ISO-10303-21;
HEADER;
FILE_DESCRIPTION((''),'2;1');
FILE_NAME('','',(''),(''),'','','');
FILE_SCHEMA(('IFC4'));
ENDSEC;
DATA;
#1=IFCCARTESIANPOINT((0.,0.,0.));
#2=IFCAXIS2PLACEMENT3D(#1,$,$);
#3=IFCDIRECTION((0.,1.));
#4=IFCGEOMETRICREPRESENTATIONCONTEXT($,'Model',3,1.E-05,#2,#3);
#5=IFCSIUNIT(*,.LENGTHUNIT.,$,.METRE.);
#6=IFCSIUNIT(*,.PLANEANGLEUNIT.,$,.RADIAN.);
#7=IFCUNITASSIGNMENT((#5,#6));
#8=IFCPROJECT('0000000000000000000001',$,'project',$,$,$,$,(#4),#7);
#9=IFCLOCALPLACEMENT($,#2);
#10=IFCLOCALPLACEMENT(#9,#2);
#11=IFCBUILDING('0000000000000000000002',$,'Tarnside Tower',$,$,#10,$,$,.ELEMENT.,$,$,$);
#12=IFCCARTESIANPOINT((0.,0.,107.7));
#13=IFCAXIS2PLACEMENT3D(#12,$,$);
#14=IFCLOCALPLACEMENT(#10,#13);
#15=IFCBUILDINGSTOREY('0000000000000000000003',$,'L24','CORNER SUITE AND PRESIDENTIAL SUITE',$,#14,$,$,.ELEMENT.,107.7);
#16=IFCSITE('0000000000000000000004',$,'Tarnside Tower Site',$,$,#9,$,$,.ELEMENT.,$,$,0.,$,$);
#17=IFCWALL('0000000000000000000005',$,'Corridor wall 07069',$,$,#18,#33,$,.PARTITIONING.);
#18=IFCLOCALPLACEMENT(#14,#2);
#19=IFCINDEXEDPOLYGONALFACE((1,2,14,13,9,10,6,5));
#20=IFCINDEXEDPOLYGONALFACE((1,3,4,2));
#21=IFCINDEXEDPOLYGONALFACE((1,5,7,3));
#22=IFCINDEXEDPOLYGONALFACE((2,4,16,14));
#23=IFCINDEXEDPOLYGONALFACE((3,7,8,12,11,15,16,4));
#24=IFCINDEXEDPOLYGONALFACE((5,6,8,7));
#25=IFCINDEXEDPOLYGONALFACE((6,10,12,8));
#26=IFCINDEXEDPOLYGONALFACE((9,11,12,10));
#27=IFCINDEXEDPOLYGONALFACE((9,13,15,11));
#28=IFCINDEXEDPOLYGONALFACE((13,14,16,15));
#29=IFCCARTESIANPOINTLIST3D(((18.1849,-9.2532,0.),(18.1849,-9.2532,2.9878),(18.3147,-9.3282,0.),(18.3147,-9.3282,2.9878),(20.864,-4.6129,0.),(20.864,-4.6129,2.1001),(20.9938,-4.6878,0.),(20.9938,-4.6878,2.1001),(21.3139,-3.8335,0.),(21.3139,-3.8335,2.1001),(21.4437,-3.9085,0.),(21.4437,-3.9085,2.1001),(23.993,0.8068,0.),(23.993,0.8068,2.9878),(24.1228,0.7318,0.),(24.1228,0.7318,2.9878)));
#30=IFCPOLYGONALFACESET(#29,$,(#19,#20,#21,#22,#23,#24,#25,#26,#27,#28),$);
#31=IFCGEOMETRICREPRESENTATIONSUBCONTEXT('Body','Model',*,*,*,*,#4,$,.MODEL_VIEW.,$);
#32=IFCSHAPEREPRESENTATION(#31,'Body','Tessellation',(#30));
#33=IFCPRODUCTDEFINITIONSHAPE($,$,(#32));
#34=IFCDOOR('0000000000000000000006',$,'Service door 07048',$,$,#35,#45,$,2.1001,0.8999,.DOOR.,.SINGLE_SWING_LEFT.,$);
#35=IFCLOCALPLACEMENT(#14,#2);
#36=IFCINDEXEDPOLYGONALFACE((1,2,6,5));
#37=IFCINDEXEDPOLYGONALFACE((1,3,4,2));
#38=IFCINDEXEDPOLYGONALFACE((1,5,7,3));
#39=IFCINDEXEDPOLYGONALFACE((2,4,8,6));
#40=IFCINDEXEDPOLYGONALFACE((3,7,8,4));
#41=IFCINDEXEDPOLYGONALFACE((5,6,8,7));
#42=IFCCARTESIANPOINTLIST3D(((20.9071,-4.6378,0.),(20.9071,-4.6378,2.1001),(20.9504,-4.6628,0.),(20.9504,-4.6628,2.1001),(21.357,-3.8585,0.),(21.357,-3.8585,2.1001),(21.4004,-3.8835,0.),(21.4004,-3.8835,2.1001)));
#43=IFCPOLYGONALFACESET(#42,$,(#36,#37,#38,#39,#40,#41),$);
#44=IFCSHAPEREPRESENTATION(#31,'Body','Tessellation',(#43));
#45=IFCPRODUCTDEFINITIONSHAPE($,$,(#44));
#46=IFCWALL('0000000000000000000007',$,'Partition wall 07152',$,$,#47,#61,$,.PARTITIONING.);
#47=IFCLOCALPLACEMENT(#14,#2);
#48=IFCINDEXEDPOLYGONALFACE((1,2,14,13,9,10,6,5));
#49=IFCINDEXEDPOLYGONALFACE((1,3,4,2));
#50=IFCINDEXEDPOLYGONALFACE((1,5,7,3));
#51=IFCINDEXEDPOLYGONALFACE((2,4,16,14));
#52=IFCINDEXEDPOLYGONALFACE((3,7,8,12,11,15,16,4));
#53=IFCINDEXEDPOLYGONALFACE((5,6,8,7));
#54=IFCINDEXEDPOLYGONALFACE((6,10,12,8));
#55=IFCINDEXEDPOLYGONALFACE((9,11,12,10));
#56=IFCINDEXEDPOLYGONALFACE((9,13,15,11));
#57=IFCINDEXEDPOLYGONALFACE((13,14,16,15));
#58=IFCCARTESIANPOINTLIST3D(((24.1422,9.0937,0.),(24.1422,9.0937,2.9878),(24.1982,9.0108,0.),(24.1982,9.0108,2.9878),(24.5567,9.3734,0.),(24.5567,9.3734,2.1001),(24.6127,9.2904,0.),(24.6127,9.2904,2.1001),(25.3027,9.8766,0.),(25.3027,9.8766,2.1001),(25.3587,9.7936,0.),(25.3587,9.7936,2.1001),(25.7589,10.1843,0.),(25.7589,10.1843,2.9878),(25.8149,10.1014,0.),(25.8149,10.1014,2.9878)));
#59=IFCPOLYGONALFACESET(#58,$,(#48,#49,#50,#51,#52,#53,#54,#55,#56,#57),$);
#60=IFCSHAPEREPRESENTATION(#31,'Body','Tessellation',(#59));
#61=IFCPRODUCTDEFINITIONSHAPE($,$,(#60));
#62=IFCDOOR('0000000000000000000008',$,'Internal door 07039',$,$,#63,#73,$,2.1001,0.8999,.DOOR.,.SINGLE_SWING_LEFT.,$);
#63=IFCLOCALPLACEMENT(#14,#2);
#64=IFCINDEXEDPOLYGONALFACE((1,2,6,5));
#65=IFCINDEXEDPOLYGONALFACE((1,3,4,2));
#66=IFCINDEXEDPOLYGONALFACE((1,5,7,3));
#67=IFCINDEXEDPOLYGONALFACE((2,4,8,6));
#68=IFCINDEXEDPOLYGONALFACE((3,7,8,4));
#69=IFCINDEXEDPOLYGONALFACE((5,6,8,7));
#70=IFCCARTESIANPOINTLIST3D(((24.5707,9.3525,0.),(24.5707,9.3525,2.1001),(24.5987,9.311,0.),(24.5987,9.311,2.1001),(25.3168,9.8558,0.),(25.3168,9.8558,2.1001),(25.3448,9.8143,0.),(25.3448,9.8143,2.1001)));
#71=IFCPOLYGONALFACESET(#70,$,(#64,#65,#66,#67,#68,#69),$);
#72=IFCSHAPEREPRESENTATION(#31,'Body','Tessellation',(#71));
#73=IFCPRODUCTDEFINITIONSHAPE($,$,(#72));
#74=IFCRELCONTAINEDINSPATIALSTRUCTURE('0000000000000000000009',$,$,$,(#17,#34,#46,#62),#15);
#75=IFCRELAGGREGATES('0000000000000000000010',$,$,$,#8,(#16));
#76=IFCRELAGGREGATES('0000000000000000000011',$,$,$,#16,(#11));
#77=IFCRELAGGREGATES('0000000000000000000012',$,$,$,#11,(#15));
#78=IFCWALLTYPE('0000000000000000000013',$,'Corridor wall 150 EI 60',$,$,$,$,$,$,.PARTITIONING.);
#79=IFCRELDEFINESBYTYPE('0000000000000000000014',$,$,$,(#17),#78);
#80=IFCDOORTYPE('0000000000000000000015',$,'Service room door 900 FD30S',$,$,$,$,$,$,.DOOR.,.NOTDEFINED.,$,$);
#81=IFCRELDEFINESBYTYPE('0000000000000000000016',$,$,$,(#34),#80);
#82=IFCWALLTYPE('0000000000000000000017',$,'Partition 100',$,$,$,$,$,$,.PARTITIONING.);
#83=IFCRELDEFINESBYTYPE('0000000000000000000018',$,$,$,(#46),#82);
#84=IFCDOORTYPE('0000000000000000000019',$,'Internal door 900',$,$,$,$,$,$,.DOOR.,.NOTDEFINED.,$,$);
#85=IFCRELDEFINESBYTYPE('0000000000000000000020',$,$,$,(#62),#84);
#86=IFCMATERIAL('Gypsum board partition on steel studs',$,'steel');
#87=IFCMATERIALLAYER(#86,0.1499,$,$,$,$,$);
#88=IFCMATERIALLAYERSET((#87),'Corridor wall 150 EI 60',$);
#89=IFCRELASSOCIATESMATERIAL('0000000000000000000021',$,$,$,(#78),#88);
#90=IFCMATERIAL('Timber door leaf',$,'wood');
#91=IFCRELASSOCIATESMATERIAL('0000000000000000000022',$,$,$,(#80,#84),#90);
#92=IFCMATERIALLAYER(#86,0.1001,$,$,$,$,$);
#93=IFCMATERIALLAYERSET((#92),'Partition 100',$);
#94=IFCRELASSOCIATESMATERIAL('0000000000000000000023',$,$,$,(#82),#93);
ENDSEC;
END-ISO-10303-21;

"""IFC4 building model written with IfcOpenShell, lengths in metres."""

from ifc_helpers import new_model, si_unit, direction, frame, frame_2d, origin, place, context, subcontext, project, spatial, rectangle, extrude, material, layer, layer_set, type_object, element, fill, save


model = new_model("IFC4")

# Units and contexts
model_context = context("Model", 3, precision=1e-05, world=origin(), true_north=direction((0.0, 1.0)))
body_context = subcontext(model_context, "Body", "Model", "MODEL_VIEW")
ifc_project = project(units=[si_unit("LENGTHUNIT", "METRE"), si_unit("PLANEANGLEUNIT", "RADIAN")], contexts=[model_context])

# Site, building, storey
site_placement = place(None, origin())
site = spatial("IfcSite", under=ifc_project, at=site_placement, Name="Tarnside Tower Site", CompositionType="ELEMENT", RefElevation=0.0)
building_placement = place(site_placement, origin())
building = spatial("IfcBuilding", under=site, at=building_placement, Name="Tarnside Tower", CompositionType="ELEMENT")
storey_placement = place(building_placement, frame((0.0, 0.0, 107.7)))
storey = spatial("IfcBuildingStorey", under=building, at=storey_placement, Name="L24", Description="CORNER SUITE AND PRESIDENTIAL SUITE", CompositionType="ELEMENT", Elevation=107.7)

# Shared definitions
ifc_material_1 = material(Name="Gypsum board partition on steel studs", Category="steel")
ifc_material_2 = material(Name="Timber door leaf", Category="wood")

# Shared definitions
ifc_layer_1 = layer(ifc_material_1, 0.1499)
ifc_layer_set_1 = layer_set([ifc_layer_1], Name="Corridor wall 150 EI 60")
wall_type_1 = type_object("IfcWallType", Name="Corridor wall 150 EI 60", PredefinedType="PARTITIONING", material=ifc_layer_set_1)

# Walls, openings, doors
wall_1_placement = place(storey_placement, frame((24.0579, 0.7693, 0.0), z_axis=(0.0, 0.0, 1.0), x_axis=(-0.499995, -0.866028, 0.0)))
wall_1 = element("IfcWall", 1, at=wall_1_placement, inside=storey, type_object=wall_type_1, Name="Corridor wall 07069", PredefinedType="PARTITIONING", context=body_context, shape_type="SweptSolid", body=[
    extrude(rectangle(XDim=11.6162, YDim=0.1499, at=frame_2d((5.8081, 0.0))), origin(), (0.0, 0.0, 1.0), 2.9878),
])
opening_1_placement = place(wall_1_placement, frame((5.3582, 0.0, 0.0)))
opening_1 = element("IfcOpeningElement", 2, at=opening_1_placement, cuts=wall_1, PredefinedType="OPENING", context=body_context, shape_type="SweptSolid", body=[
    extrude(rectangle(XDim=0.8999, YDim=2.1001, at=frame_2d((0.45, 1.05))), frame((0.0, 0.085, 0.0), z_axis=(0.0, -1.0, 0.0), x_axis=(1.0, 0.0, 0.0)), (0.0, 0.0, 1.0), 0.1699),
])
door_type_1 = type_object("IfcDoorType", Name="Service room door 900 FD30S", OperationType="NOTDEFINED", PredefinedType="DOOR", material=ifc_material_2)
door_1_placement = place(opening_1_placement, origin())
door_1 = element("IfcDoor", 3, at=door_1_placement, inside=storey, type_object=door_type_1, Name="Service door 07048", OperationType="SINGLE_SWING_LEFT", OverallHeight=2.1001, OverallWidth=0.8999, PredefinedType="DOOR", context=body_context, shape_type="SweptSolid", body=[
    extrude(rectangle(XDim=0.8999, YDim=2.1001, at=frame_2d((0.45, 1.05))), frame((0.0, 0.0249, 0.0), z_axis=(0.0, -1.0, 0.0), x_axis=(1.0, 0.0, 0.0)), (0.0, 0.0, 1.0), 0.05),
])
fill(opening_1, door_1)
ifc_layer_2 = layer(ifc_material_1, 0.1001)
ifc_layer_set_2 = layer_set([ifc_layer_2], Name="Partition 100")
wall_type_2 = type_object("IfcWallType", Name="Partition 100", PredefinedType="PARTITIONING", material=ifc_layer_set_2)
wall_2_placement = place(storey_placement, frame((24.1702, 9.0522, 0.0), z_axis=(0.0, 0.0, 1.0), x_axis=(0.829014, 0.559228, 0.0)))
wall_2 = element("IfcWall", 4, at=wall_2_placement, inside=storey, type_object=wall_type_2, Name="Partition wall 07152", PredefinedType="PARTITIONING", context=body_context, shape_type="SweptSolid", body=[
    extrude(rectangle(XDim=1.9502, YDim=0.1001, at=frame_2d((0.9751, 0.0))), origin(), (0.0, 0.0, 1.0), 2.9878),
])
opening_2_placement = place(wall_2_placement, frame((0.5, 0.0, 0.0)))
opening_2 = element("IfcOpeningElement", 5, at=opening_2_placement, cuts=wall_2, PredefinedType="OPENING", context=body_context, shape_type="SweptSolid", body=[
    extrude(rectangle(XDim=0.8999, YDim=2.1001, at=frame_2d((0.45, 1.05))), frame((0.0, 0.0601, 0.0), z_axis=(0.0, -1.0, 0.0), x_axis=(1.0, 0.0, 0.0)), (0.0, 0.0, 1.0), 0.1201),
])
door_type_2 = type_object("IfcDoorType", Name="Internal door 900", OperationType="NOTDEFINED", PredefinedType="DOOR", material=ifc_material_2)
door_2_placement = place(opening_2_placement, origin())
door_2 = element("IfcDoor", 6, at=door_2_placement, inside=storey, type_object=door_type_2, Name="Internal door 07039", OperationType="SINGLE_SWING_LEFT", OverallHeight=2.1001, OverallWidth=0.8999, PredefinedType="DOOR", context=body_context, shape_type="SweptSolid", body=[
    extrude(rectangle(XDim=0.8999, YDim=2.1001, at=frame_2d((0.45, 1.05))), frame((0.0, 0.0249, 0.0), z_axis=(0.0, -1.0, 0.0), x_axis=(1.0, 0.0, 0.0)), (0.0, 0.0, 1.0), 0.05),
])
fill(opening_2, door_2)

save(model, "model.ifc")
